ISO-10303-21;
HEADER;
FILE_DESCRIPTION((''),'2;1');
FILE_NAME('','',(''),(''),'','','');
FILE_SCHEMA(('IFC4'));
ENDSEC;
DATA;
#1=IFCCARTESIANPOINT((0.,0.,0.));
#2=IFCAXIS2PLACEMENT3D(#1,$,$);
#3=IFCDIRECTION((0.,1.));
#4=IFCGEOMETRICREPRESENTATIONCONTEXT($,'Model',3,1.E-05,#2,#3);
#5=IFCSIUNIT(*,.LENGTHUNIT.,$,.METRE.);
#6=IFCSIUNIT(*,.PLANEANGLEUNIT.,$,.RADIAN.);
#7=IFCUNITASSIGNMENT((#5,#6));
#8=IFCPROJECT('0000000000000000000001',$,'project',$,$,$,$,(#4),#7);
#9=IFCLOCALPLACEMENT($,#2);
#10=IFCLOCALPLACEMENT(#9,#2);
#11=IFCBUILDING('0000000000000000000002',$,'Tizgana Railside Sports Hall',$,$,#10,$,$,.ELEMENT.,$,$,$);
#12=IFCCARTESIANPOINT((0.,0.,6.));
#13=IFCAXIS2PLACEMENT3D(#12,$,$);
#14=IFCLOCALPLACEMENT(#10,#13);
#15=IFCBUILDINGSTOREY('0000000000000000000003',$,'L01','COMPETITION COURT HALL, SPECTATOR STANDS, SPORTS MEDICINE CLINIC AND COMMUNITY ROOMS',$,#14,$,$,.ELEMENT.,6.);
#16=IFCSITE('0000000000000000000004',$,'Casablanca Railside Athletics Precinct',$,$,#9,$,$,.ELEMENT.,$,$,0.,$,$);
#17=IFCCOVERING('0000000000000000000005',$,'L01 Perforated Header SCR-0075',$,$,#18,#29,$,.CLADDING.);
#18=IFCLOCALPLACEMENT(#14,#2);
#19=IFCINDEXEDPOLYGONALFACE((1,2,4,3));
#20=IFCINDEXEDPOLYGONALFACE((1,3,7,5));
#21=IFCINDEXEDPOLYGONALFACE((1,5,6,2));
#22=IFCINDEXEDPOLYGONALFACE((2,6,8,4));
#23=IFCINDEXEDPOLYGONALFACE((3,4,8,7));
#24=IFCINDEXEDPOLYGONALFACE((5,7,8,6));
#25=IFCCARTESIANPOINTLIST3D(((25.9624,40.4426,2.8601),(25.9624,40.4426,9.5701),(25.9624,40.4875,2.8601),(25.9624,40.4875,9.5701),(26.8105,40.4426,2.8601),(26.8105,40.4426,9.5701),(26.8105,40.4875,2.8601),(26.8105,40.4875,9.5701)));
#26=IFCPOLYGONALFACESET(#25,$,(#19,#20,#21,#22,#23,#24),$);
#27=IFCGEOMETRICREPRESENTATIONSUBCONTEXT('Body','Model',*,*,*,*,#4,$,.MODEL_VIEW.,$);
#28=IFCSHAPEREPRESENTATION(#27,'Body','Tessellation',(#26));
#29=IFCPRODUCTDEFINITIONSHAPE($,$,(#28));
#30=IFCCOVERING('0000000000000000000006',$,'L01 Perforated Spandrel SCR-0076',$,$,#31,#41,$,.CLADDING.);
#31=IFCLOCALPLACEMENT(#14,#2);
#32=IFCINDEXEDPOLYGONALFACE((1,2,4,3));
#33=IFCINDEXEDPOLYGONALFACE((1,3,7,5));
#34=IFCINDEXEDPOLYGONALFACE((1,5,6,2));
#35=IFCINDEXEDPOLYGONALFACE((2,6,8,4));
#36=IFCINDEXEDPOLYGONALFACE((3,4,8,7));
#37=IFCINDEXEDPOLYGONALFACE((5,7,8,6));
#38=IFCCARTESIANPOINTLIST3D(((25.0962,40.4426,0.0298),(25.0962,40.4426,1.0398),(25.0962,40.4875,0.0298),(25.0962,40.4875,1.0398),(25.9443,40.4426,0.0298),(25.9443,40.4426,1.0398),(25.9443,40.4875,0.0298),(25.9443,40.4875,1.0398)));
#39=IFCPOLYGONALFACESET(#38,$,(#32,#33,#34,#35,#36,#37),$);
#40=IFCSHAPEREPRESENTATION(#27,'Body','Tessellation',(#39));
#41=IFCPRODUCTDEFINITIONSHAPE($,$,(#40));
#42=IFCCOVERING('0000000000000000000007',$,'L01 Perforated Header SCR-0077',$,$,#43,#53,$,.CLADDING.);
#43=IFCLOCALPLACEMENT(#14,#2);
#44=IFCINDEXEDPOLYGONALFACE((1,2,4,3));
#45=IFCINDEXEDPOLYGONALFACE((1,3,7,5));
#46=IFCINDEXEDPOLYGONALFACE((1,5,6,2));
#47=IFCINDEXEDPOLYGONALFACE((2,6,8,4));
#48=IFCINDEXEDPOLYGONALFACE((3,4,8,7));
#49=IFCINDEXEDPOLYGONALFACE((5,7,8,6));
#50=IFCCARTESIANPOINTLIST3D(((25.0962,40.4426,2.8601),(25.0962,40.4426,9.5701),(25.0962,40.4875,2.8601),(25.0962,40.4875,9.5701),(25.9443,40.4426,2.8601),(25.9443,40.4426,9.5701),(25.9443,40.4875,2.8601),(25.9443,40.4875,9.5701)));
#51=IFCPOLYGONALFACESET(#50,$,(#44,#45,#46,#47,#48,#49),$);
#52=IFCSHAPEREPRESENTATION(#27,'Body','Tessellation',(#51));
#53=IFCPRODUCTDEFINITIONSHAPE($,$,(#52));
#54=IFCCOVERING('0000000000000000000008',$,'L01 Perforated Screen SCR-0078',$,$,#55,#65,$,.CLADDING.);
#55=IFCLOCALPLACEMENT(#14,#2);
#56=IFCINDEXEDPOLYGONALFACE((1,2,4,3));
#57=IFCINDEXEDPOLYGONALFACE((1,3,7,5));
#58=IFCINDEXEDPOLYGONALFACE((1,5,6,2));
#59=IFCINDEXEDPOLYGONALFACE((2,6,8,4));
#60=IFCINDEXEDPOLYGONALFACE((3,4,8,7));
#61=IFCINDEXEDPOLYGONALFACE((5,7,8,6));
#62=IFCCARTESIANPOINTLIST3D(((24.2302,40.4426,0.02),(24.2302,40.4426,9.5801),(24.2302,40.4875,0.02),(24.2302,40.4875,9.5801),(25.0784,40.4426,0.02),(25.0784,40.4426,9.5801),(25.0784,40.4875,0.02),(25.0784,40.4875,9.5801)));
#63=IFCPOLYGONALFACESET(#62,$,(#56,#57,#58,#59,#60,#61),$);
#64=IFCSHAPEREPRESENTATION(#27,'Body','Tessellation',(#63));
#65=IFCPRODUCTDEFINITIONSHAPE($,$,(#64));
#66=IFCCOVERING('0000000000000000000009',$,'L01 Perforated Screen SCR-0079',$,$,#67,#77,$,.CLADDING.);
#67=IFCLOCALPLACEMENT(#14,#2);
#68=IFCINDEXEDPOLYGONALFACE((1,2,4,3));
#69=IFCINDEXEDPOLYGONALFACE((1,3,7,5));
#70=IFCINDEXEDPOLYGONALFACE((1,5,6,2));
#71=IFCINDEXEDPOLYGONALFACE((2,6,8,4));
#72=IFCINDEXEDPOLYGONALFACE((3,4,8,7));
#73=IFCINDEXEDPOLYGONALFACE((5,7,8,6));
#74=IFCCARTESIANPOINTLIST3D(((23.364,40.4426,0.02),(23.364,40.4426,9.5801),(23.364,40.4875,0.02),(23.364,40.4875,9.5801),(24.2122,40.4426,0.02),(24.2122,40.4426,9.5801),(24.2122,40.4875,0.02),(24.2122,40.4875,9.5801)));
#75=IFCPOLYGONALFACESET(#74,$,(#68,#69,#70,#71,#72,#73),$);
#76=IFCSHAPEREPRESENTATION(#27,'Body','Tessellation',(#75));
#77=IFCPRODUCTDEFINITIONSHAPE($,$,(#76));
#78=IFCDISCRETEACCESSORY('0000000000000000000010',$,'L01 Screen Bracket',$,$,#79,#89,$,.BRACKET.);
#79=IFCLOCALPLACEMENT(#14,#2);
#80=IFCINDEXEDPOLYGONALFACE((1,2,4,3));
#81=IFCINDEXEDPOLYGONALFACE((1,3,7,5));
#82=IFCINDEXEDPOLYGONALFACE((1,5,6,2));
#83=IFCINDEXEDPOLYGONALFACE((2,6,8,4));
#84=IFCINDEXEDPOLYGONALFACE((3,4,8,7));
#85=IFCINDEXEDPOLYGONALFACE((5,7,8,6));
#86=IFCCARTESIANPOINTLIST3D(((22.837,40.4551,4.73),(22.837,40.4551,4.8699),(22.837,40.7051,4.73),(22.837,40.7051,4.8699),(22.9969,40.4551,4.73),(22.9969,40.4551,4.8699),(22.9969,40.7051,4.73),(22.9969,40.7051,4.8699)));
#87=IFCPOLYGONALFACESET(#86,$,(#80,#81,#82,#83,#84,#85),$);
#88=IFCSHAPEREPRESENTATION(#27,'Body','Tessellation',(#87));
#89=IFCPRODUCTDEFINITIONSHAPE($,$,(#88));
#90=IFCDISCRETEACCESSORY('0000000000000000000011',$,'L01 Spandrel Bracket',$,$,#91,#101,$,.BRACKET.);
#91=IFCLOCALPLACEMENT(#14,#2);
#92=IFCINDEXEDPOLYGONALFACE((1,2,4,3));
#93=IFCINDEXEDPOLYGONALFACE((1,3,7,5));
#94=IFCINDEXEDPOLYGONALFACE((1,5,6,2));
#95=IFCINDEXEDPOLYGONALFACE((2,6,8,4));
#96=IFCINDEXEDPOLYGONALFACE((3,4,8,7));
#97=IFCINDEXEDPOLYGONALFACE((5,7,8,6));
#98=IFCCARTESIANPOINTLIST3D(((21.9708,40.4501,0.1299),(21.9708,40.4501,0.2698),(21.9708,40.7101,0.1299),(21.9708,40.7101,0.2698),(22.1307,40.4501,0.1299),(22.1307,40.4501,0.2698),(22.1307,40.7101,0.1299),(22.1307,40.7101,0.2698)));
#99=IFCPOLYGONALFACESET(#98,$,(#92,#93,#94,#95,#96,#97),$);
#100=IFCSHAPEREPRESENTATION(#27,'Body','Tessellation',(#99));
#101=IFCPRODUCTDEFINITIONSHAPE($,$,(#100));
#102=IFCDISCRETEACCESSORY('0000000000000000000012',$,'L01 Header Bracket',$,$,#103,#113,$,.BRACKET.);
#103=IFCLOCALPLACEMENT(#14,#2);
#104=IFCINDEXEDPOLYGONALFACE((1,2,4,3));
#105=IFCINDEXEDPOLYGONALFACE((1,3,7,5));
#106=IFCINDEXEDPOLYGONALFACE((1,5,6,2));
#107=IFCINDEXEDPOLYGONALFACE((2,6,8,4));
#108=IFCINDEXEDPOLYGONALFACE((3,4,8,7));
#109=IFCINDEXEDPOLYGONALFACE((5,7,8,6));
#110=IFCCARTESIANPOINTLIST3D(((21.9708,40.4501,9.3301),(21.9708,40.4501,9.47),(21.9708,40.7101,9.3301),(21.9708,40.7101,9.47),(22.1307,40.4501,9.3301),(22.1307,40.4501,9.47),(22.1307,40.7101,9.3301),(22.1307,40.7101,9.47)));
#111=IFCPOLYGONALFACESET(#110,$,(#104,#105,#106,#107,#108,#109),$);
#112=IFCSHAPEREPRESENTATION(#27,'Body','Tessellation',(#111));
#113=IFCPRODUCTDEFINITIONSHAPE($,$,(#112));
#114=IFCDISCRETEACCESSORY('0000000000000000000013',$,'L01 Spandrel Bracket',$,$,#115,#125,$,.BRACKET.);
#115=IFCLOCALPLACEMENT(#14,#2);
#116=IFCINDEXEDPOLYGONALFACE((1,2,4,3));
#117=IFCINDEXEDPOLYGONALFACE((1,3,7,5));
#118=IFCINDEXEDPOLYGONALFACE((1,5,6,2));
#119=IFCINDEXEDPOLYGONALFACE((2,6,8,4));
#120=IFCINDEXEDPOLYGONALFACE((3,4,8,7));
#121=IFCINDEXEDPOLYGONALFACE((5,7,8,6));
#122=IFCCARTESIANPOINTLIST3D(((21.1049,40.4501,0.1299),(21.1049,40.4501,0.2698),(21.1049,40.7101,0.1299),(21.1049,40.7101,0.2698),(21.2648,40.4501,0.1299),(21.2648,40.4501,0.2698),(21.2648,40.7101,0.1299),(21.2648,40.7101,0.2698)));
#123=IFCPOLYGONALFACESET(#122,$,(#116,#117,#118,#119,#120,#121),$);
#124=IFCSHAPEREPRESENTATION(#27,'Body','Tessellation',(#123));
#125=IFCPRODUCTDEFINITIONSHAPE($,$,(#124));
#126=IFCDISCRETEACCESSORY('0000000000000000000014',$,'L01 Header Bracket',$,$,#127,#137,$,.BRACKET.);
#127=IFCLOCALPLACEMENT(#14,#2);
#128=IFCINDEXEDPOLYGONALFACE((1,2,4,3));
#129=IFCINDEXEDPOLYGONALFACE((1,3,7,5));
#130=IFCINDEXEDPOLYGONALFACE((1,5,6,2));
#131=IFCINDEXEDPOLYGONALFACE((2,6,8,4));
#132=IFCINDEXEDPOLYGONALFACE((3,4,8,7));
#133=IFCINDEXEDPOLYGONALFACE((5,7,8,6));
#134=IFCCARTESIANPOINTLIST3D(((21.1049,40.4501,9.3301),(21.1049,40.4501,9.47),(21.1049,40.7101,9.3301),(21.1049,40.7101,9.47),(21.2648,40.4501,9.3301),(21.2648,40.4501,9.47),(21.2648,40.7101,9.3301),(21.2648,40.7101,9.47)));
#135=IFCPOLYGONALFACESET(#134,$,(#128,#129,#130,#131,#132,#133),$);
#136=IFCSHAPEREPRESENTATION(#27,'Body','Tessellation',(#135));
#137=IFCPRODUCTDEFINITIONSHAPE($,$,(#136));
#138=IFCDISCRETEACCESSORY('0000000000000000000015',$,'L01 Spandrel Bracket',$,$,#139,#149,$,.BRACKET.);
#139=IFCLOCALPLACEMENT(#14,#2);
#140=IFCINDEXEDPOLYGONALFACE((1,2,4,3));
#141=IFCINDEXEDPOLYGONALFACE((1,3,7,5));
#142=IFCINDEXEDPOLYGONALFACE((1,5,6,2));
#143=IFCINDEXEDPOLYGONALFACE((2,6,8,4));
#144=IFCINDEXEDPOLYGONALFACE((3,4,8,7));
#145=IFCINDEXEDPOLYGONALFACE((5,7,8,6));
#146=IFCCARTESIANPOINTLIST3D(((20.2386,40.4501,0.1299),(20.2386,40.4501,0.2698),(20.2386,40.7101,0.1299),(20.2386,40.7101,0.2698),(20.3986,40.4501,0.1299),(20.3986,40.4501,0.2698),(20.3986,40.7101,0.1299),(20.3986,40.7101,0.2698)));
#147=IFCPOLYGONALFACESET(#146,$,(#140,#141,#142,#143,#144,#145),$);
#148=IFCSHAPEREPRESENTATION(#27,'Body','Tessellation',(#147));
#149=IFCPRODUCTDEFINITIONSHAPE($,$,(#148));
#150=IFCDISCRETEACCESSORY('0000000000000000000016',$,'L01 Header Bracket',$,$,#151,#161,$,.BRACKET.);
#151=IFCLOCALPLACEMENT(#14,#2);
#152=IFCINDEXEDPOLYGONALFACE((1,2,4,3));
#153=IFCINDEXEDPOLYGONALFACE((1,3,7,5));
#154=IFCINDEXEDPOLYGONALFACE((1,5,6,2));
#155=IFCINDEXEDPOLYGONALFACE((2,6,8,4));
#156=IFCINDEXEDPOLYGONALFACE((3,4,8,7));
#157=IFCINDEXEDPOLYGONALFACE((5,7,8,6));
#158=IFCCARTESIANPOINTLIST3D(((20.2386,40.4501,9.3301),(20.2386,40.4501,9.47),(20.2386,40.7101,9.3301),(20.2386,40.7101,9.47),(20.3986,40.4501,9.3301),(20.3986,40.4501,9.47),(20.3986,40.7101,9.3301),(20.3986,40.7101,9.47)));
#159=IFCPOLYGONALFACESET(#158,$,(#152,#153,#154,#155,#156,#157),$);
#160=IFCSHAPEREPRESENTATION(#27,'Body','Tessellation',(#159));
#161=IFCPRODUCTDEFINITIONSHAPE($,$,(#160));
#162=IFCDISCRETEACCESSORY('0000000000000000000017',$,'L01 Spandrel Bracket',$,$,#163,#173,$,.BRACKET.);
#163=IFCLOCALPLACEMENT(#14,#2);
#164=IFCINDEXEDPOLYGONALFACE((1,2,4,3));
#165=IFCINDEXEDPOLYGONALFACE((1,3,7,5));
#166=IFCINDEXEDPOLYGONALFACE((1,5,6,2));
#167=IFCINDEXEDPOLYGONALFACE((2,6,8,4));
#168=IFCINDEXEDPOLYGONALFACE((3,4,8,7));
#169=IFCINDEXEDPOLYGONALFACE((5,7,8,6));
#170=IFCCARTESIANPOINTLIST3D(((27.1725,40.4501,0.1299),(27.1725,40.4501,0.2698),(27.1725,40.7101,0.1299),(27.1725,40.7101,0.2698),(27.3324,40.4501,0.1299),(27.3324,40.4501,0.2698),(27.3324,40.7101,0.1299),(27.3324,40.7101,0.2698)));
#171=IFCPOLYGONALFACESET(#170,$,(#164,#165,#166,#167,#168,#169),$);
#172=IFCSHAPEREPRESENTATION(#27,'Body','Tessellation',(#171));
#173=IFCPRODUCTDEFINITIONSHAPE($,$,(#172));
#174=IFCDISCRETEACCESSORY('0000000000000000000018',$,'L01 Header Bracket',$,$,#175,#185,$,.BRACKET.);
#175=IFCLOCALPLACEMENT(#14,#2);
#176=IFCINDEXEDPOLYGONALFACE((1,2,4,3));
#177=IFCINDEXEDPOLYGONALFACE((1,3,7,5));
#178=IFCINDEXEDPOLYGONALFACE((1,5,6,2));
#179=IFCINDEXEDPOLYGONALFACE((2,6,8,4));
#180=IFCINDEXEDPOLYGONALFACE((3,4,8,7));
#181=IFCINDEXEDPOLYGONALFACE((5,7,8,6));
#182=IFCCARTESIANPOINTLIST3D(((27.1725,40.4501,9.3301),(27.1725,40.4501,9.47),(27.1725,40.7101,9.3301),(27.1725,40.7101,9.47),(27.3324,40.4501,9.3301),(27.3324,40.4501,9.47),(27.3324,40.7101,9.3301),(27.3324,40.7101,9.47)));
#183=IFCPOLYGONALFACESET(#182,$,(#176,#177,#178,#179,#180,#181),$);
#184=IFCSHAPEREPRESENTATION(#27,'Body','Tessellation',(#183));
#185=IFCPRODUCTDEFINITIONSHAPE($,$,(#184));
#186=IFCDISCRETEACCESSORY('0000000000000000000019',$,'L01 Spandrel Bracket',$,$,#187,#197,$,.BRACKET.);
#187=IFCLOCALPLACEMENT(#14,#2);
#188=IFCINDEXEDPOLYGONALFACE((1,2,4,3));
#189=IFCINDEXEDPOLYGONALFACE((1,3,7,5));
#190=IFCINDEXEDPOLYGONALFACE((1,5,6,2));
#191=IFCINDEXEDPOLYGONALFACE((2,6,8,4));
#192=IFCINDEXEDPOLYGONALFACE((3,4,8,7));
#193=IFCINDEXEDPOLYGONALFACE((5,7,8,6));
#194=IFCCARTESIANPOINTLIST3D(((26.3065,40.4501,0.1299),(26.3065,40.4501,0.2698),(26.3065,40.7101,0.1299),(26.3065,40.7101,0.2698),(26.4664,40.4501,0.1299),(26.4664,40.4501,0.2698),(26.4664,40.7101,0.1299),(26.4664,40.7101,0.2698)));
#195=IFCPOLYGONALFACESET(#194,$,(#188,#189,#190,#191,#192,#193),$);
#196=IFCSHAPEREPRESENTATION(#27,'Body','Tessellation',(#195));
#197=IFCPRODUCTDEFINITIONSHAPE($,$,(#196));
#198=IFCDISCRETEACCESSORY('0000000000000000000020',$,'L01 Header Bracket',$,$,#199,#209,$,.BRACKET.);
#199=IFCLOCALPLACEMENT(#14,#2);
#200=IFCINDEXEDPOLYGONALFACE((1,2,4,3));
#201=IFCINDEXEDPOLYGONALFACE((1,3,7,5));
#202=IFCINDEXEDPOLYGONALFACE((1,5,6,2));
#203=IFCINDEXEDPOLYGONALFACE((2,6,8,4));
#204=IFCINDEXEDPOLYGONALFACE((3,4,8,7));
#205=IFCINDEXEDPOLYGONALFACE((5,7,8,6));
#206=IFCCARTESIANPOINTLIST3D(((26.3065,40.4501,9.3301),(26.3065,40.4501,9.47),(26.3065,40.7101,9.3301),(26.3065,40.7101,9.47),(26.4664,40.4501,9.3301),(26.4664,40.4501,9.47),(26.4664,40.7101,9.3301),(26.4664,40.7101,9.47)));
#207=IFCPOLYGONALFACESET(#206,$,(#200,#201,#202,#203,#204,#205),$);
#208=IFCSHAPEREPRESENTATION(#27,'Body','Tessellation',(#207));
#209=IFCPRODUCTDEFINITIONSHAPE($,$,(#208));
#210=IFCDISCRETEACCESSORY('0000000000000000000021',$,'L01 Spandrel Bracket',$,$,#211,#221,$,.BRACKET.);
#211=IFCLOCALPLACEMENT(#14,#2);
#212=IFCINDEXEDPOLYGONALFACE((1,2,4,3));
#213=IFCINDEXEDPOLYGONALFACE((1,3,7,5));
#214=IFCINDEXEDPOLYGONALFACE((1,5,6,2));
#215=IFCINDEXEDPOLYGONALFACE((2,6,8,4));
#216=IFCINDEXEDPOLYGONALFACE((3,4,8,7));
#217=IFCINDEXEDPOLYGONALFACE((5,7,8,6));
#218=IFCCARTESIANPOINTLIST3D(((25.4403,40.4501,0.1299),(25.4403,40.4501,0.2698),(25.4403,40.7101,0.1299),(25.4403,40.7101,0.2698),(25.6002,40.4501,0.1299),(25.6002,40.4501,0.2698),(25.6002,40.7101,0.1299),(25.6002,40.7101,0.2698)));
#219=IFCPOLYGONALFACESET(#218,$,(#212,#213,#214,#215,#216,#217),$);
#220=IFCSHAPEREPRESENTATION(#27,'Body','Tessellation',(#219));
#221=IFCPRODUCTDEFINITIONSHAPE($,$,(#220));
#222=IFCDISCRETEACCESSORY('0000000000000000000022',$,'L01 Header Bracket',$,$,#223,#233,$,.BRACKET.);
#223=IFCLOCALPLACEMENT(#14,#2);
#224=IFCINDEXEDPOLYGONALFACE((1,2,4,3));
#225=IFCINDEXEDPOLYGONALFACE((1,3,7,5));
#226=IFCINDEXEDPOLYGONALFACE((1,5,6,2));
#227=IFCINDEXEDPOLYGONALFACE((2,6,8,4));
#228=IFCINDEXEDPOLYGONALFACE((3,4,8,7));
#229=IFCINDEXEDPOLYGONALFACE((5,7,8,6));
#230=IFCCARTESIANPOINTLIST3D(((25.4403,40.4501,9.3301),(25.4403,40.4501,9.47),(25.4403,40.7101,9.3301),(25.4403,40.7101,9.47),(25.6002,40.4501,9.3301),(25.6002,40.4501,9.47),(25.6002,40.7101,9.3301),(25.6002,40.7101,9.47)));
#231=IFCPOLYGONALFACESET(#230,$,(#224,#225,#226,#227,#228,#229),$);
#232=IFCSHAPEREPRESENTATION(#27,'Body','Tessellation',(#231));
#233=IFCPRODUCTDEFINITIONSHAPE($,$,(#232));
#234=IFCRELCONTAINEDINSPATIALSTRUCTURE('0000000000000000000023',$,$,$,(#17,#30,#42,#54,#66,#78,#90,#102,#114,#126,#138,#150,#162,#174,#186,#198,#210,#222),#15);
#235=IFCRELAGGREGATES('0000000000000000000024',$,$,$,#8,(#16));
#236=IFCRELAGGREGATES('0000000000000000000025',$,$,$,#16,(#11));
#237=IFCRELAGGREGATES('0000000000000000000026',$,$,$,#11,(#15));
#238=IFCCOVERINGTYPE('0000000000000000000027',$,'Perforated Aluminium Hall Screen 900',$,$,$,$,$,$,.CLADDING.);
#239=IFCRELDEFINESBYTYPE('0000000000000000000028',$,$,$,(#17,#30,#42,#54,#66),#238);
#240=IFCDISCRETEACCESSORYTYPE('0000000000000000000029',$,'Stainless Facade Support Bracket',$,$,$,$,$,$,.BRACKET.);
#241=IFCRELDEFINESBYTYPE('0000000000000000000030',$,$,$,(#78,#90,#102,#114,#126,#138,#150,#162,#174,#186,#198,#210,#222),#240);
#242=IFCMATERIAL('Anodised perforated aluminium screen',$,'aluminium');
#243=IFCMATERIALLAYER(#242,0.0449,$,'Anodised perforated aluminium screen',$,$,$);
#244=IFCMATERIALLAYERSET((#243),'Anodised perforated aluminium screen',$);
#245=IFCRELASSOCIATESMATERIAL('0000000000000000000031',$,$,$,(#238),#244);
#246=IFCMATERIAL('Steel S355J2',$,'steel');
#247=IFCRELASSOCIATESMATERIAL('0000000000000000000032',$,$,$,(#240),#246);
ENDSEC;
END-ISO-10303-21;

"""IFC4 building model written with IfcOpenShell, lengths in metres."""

from ifc_helpers import new_model, si_unit, direction, frame, origin, origin_2d, place, context, subcontext, project, spatial, rectangle, extrude, material, layer, layer_set, type_object, element, save


model = new_model("IFC4")

# Units and contexts
model_context = context("Model", 3, precision=1e-05, world=origin(), true_north=direction((0.0, 1.0)))
body_context = subcontext(model_context, "Body", "Model", "MODEL_VIEW")
ifc_project = project(units=[si_unit("LENGTHUNIT", "METRE"), si_unit("PLANEANGLEUNIT", "RADIAN")], contexts=[model_context])

# Site, building, storey
site_placement = place(None, origin())
site = spatial("IfcSite", under=ifc_project, at=site_placement, Name="Casablanca Railside Athletics Precinct", CompositionType="ELEMENT", RefElevation=0.0)
building_placement = place(site_placement, origin())
building = spatial("IfcBuilding", under=site, at=building_placement, Name="Tizgana Railside Sports Hall", CompositionType="ELEMENT")
storey_placement = place(building_placement, frame((0.0, 0.0, 6.0)))
storey = spatial("IfcBuildingStorey", under=building, at=storey_placement, Name="L01", Description="COMPETITION COURT HALL, SPECTATOR STANDS, SPORTS MEDICINE CLINIC AND COMMUNITY ROOMS", CompositionType="ELEMENT", Elevation=6.0)

# Shared definitions
ifc_material_1 = material(Name="Steel S355J2", Category="steel")

# Coverings
ifc_material_2 = material(Name="Anodised perforated aluminium screen", Category="aluminium")
ifc_layer_1 = layer(ifc_material_2, 0.0449, Name="Anodised perforated aluminium screen")
ifc_layer_set_1 = layer_set([ifc_layer_1], Name="Anodised perforated aluminium screen")
covering_type = type_object("IfcCoveringType", Name="Perforated Aluminium Hall Screen 900", PredefinedType="CLADDING", material=ifc_layer_set_1)
covering_1_placement = place(storey_placement, frame((26.3865, 40.4651, 2.8601), z_axis=(0.0, 0.0, 1.0), x_axis=(-1.0, 0.0, 0.0)))
element("IfcCovering", 1, at=covering_1_placement, inside=storey, type_object=covering_type, Name="L01 Perforated Header SCR-0075", PredefinedType="CLADDING", context=body_context, shape_type="SweptSolid", body=[
    extrude(rectangle(XDim=0.8481, YDim=0.0449, at=origin_2d()), origin(), (0.0, 0.0, 1.0), 6.71),
])
covering_2_placement = place(storey_placement, frame((25.5203, 40.4651, 0.0298), z_axis=(0.0, 0.0, 1.0), x_axis=(-1.0, 0.0, 0.0)))
element("IfcCovering", 2, at=covering_2_placement, inside=storey, type_object=covering_type, Name="L01 Perforated Spandrel SCR-0076", PredefinedType="CLADDING", context=body_context, shape_type="SweptSolid", body=[
    extrude(rectangle(XDim=0.8481, YDim=0.0449, at=origin_2d()), origin(), (0.0, 0.0, 1.0), 1.01),
])
covering_3_placement = place(storey_placement, frame((25.5203, 40.4651, 2.8601), z_axis=(0.0, 0.0, 1.0), x_axis=(-1.0, 0.0, 0.0)))
element("IfcCovering", 3, at=covering_3_placement, inside=storey, type_object=covering_type, Name="L01 Perforated Header SCR-0077", PredefinedType="CLADDING", context=body_context, shape_type="SweptSolid", body=[
    extrude(rectangle(XDim=0.8481, YDim=0.0449, at=origin_2d()), origin(), (0.0, 0.0, 1.0), 6.71),
])
for number, where, z_axis, x_axis, name in (
    (4, (24.6543, 40.4651, 0.02), (0.0, 0.0, 1.0), (-1.0, 0.0, 0.0), "L01 Perforated Screen SCR-0078"),
    (5, (23.7881, 40.4651, 0.02), (0.0, 0.0, 1.0), (-1.0, 0.0, 0.0), "L01 Perforated Screen SCR-0079"),
):
    element("IfcCovering", number, at=place(storey_placement, frame(where, z_axis=z_axis, x_axis=x_axis)), inside=storey, type_object=covering_type, Name=name, PredefinedType="CLADDING", context=body_context, shape_type="SweptSolid", body=[
        extrude(rectangle(XDim=0.8481, YDim=0.0449, at=origin_2d()), origin(), (0.0, 0.0, 1.0), 9.5601),
    ])

# Discrete accessories
discrete_accessory_type = type_object("IfcDiscreteAccessoryType", Name="Stainless Facade Support Bracket", PredefinedType="BRACKET", material=ifc_material_1)
discrete_accessory_placement = place(storey_placement, frame((22.917, 40.5801, 4.73), z_axis=(0.0, 0.0, 1.0), x_axis=(-1.0, 0.0, 0.0)))
element("IfcDiscreteAccessory", 6, at=discrete_accessory_placement, inside=storey, type_object=discrete_accessory_type, Name="L01 Screen Bracket", PredefinedType="BRACKET", context=body_context, shape_type="SweptSolid", body=[
    extrude(rectangle(XDim=0.1599, YDim=0.25, at=origin_2d()), origin(), (0.0, 0.0, 1.0), 0.1399),
])
for number, where, z_axis, x_axis, name in (
    (7, (22.0508, 40.5801, 0.1299), (0.0, 0.0, 1.0), (-1.0, 0.0, 0.0), "L01 Spandrel Bracket"),
    (8, (22.0508, 40.5801, 9.3301), (0.0, 0.0, 1.0), (-1.0, 0.0, 0.0), "L01 Header Bracket"),
    (9, (21.1848, 40.5801, 0.1299), (0.0, 0.0, 1.0), (-1.0, 0.0, 0.0), "L01 Spandrel Bracket"),
    (10, (21.1848, 40.5801, 9.3301), (0.0, 0.0, 1.0), (-1.0, 0.0, 0.0), "L01 Header Bracket"),
    (11, (20.3186, 40.5801, 0.1299), (0.0, 0.0, 1.0), (-1.0, 0.0, 0.0), "L01 Spandrel Bracket"),
    (12, (20.3186, 40.5801, 9.3301), (0.0, 0.0, 1.0), (-1.0, 0.0, 0.0), "L01 Header Bracket"),
    (13, (27.2524, 40.5801, 0.1299), (0.0, 0.0, 1.0), (-1.0, 0.0, 0.0), "L01 Spandrel Bracket"),
    (14, (27.2524, 40.5801, 9.3301), (0.0, 0.0, 1.0), (-1.0, 0.0, 0.0), "L01 Header Bracket"),
    (15, (26.3865, 40.5801, 0.1299), (0.0, 0.0, 1.0), (-1.0, 0.0, 0.0), "L01 Spandrel Bracket"),
    (16, (26.3865, 40.5801, 9.3301), (0.0, 0.0, 1.0), (-1.0, 0.0, 0.0), "L01 Header Bracket"),
    (17, (25.5203, 40.5801, 0.1299), (0.0, 0.0, 1.0), (-1.0, 0.0, 0.0), "L01 Spandrel Bracket"),
    (18, (25.5203, 40.5801, 9.3301), (0.0, 0.0, 1.0), (-1.0, 0.0, 0.0), "L01 Header Bracket"),
):
    element("IfcDiscreteAccessory", number, at=place(storey_placement, frame(where, z_axis=z_axis, x_axis=x_axis)), inside=storey, type_object=discrete_accessory_type, Name=name, PredefinedType="BRACKET", context=body_context, shape_type="SweptSolid", body=[
        extrude(rectangle(XDim=0.1599, YDim=0.26, at=origin_2d()), origin(), (0.0, 0.0, 1.0), 0.1399),
    ])

save(model, "model.ifc")
